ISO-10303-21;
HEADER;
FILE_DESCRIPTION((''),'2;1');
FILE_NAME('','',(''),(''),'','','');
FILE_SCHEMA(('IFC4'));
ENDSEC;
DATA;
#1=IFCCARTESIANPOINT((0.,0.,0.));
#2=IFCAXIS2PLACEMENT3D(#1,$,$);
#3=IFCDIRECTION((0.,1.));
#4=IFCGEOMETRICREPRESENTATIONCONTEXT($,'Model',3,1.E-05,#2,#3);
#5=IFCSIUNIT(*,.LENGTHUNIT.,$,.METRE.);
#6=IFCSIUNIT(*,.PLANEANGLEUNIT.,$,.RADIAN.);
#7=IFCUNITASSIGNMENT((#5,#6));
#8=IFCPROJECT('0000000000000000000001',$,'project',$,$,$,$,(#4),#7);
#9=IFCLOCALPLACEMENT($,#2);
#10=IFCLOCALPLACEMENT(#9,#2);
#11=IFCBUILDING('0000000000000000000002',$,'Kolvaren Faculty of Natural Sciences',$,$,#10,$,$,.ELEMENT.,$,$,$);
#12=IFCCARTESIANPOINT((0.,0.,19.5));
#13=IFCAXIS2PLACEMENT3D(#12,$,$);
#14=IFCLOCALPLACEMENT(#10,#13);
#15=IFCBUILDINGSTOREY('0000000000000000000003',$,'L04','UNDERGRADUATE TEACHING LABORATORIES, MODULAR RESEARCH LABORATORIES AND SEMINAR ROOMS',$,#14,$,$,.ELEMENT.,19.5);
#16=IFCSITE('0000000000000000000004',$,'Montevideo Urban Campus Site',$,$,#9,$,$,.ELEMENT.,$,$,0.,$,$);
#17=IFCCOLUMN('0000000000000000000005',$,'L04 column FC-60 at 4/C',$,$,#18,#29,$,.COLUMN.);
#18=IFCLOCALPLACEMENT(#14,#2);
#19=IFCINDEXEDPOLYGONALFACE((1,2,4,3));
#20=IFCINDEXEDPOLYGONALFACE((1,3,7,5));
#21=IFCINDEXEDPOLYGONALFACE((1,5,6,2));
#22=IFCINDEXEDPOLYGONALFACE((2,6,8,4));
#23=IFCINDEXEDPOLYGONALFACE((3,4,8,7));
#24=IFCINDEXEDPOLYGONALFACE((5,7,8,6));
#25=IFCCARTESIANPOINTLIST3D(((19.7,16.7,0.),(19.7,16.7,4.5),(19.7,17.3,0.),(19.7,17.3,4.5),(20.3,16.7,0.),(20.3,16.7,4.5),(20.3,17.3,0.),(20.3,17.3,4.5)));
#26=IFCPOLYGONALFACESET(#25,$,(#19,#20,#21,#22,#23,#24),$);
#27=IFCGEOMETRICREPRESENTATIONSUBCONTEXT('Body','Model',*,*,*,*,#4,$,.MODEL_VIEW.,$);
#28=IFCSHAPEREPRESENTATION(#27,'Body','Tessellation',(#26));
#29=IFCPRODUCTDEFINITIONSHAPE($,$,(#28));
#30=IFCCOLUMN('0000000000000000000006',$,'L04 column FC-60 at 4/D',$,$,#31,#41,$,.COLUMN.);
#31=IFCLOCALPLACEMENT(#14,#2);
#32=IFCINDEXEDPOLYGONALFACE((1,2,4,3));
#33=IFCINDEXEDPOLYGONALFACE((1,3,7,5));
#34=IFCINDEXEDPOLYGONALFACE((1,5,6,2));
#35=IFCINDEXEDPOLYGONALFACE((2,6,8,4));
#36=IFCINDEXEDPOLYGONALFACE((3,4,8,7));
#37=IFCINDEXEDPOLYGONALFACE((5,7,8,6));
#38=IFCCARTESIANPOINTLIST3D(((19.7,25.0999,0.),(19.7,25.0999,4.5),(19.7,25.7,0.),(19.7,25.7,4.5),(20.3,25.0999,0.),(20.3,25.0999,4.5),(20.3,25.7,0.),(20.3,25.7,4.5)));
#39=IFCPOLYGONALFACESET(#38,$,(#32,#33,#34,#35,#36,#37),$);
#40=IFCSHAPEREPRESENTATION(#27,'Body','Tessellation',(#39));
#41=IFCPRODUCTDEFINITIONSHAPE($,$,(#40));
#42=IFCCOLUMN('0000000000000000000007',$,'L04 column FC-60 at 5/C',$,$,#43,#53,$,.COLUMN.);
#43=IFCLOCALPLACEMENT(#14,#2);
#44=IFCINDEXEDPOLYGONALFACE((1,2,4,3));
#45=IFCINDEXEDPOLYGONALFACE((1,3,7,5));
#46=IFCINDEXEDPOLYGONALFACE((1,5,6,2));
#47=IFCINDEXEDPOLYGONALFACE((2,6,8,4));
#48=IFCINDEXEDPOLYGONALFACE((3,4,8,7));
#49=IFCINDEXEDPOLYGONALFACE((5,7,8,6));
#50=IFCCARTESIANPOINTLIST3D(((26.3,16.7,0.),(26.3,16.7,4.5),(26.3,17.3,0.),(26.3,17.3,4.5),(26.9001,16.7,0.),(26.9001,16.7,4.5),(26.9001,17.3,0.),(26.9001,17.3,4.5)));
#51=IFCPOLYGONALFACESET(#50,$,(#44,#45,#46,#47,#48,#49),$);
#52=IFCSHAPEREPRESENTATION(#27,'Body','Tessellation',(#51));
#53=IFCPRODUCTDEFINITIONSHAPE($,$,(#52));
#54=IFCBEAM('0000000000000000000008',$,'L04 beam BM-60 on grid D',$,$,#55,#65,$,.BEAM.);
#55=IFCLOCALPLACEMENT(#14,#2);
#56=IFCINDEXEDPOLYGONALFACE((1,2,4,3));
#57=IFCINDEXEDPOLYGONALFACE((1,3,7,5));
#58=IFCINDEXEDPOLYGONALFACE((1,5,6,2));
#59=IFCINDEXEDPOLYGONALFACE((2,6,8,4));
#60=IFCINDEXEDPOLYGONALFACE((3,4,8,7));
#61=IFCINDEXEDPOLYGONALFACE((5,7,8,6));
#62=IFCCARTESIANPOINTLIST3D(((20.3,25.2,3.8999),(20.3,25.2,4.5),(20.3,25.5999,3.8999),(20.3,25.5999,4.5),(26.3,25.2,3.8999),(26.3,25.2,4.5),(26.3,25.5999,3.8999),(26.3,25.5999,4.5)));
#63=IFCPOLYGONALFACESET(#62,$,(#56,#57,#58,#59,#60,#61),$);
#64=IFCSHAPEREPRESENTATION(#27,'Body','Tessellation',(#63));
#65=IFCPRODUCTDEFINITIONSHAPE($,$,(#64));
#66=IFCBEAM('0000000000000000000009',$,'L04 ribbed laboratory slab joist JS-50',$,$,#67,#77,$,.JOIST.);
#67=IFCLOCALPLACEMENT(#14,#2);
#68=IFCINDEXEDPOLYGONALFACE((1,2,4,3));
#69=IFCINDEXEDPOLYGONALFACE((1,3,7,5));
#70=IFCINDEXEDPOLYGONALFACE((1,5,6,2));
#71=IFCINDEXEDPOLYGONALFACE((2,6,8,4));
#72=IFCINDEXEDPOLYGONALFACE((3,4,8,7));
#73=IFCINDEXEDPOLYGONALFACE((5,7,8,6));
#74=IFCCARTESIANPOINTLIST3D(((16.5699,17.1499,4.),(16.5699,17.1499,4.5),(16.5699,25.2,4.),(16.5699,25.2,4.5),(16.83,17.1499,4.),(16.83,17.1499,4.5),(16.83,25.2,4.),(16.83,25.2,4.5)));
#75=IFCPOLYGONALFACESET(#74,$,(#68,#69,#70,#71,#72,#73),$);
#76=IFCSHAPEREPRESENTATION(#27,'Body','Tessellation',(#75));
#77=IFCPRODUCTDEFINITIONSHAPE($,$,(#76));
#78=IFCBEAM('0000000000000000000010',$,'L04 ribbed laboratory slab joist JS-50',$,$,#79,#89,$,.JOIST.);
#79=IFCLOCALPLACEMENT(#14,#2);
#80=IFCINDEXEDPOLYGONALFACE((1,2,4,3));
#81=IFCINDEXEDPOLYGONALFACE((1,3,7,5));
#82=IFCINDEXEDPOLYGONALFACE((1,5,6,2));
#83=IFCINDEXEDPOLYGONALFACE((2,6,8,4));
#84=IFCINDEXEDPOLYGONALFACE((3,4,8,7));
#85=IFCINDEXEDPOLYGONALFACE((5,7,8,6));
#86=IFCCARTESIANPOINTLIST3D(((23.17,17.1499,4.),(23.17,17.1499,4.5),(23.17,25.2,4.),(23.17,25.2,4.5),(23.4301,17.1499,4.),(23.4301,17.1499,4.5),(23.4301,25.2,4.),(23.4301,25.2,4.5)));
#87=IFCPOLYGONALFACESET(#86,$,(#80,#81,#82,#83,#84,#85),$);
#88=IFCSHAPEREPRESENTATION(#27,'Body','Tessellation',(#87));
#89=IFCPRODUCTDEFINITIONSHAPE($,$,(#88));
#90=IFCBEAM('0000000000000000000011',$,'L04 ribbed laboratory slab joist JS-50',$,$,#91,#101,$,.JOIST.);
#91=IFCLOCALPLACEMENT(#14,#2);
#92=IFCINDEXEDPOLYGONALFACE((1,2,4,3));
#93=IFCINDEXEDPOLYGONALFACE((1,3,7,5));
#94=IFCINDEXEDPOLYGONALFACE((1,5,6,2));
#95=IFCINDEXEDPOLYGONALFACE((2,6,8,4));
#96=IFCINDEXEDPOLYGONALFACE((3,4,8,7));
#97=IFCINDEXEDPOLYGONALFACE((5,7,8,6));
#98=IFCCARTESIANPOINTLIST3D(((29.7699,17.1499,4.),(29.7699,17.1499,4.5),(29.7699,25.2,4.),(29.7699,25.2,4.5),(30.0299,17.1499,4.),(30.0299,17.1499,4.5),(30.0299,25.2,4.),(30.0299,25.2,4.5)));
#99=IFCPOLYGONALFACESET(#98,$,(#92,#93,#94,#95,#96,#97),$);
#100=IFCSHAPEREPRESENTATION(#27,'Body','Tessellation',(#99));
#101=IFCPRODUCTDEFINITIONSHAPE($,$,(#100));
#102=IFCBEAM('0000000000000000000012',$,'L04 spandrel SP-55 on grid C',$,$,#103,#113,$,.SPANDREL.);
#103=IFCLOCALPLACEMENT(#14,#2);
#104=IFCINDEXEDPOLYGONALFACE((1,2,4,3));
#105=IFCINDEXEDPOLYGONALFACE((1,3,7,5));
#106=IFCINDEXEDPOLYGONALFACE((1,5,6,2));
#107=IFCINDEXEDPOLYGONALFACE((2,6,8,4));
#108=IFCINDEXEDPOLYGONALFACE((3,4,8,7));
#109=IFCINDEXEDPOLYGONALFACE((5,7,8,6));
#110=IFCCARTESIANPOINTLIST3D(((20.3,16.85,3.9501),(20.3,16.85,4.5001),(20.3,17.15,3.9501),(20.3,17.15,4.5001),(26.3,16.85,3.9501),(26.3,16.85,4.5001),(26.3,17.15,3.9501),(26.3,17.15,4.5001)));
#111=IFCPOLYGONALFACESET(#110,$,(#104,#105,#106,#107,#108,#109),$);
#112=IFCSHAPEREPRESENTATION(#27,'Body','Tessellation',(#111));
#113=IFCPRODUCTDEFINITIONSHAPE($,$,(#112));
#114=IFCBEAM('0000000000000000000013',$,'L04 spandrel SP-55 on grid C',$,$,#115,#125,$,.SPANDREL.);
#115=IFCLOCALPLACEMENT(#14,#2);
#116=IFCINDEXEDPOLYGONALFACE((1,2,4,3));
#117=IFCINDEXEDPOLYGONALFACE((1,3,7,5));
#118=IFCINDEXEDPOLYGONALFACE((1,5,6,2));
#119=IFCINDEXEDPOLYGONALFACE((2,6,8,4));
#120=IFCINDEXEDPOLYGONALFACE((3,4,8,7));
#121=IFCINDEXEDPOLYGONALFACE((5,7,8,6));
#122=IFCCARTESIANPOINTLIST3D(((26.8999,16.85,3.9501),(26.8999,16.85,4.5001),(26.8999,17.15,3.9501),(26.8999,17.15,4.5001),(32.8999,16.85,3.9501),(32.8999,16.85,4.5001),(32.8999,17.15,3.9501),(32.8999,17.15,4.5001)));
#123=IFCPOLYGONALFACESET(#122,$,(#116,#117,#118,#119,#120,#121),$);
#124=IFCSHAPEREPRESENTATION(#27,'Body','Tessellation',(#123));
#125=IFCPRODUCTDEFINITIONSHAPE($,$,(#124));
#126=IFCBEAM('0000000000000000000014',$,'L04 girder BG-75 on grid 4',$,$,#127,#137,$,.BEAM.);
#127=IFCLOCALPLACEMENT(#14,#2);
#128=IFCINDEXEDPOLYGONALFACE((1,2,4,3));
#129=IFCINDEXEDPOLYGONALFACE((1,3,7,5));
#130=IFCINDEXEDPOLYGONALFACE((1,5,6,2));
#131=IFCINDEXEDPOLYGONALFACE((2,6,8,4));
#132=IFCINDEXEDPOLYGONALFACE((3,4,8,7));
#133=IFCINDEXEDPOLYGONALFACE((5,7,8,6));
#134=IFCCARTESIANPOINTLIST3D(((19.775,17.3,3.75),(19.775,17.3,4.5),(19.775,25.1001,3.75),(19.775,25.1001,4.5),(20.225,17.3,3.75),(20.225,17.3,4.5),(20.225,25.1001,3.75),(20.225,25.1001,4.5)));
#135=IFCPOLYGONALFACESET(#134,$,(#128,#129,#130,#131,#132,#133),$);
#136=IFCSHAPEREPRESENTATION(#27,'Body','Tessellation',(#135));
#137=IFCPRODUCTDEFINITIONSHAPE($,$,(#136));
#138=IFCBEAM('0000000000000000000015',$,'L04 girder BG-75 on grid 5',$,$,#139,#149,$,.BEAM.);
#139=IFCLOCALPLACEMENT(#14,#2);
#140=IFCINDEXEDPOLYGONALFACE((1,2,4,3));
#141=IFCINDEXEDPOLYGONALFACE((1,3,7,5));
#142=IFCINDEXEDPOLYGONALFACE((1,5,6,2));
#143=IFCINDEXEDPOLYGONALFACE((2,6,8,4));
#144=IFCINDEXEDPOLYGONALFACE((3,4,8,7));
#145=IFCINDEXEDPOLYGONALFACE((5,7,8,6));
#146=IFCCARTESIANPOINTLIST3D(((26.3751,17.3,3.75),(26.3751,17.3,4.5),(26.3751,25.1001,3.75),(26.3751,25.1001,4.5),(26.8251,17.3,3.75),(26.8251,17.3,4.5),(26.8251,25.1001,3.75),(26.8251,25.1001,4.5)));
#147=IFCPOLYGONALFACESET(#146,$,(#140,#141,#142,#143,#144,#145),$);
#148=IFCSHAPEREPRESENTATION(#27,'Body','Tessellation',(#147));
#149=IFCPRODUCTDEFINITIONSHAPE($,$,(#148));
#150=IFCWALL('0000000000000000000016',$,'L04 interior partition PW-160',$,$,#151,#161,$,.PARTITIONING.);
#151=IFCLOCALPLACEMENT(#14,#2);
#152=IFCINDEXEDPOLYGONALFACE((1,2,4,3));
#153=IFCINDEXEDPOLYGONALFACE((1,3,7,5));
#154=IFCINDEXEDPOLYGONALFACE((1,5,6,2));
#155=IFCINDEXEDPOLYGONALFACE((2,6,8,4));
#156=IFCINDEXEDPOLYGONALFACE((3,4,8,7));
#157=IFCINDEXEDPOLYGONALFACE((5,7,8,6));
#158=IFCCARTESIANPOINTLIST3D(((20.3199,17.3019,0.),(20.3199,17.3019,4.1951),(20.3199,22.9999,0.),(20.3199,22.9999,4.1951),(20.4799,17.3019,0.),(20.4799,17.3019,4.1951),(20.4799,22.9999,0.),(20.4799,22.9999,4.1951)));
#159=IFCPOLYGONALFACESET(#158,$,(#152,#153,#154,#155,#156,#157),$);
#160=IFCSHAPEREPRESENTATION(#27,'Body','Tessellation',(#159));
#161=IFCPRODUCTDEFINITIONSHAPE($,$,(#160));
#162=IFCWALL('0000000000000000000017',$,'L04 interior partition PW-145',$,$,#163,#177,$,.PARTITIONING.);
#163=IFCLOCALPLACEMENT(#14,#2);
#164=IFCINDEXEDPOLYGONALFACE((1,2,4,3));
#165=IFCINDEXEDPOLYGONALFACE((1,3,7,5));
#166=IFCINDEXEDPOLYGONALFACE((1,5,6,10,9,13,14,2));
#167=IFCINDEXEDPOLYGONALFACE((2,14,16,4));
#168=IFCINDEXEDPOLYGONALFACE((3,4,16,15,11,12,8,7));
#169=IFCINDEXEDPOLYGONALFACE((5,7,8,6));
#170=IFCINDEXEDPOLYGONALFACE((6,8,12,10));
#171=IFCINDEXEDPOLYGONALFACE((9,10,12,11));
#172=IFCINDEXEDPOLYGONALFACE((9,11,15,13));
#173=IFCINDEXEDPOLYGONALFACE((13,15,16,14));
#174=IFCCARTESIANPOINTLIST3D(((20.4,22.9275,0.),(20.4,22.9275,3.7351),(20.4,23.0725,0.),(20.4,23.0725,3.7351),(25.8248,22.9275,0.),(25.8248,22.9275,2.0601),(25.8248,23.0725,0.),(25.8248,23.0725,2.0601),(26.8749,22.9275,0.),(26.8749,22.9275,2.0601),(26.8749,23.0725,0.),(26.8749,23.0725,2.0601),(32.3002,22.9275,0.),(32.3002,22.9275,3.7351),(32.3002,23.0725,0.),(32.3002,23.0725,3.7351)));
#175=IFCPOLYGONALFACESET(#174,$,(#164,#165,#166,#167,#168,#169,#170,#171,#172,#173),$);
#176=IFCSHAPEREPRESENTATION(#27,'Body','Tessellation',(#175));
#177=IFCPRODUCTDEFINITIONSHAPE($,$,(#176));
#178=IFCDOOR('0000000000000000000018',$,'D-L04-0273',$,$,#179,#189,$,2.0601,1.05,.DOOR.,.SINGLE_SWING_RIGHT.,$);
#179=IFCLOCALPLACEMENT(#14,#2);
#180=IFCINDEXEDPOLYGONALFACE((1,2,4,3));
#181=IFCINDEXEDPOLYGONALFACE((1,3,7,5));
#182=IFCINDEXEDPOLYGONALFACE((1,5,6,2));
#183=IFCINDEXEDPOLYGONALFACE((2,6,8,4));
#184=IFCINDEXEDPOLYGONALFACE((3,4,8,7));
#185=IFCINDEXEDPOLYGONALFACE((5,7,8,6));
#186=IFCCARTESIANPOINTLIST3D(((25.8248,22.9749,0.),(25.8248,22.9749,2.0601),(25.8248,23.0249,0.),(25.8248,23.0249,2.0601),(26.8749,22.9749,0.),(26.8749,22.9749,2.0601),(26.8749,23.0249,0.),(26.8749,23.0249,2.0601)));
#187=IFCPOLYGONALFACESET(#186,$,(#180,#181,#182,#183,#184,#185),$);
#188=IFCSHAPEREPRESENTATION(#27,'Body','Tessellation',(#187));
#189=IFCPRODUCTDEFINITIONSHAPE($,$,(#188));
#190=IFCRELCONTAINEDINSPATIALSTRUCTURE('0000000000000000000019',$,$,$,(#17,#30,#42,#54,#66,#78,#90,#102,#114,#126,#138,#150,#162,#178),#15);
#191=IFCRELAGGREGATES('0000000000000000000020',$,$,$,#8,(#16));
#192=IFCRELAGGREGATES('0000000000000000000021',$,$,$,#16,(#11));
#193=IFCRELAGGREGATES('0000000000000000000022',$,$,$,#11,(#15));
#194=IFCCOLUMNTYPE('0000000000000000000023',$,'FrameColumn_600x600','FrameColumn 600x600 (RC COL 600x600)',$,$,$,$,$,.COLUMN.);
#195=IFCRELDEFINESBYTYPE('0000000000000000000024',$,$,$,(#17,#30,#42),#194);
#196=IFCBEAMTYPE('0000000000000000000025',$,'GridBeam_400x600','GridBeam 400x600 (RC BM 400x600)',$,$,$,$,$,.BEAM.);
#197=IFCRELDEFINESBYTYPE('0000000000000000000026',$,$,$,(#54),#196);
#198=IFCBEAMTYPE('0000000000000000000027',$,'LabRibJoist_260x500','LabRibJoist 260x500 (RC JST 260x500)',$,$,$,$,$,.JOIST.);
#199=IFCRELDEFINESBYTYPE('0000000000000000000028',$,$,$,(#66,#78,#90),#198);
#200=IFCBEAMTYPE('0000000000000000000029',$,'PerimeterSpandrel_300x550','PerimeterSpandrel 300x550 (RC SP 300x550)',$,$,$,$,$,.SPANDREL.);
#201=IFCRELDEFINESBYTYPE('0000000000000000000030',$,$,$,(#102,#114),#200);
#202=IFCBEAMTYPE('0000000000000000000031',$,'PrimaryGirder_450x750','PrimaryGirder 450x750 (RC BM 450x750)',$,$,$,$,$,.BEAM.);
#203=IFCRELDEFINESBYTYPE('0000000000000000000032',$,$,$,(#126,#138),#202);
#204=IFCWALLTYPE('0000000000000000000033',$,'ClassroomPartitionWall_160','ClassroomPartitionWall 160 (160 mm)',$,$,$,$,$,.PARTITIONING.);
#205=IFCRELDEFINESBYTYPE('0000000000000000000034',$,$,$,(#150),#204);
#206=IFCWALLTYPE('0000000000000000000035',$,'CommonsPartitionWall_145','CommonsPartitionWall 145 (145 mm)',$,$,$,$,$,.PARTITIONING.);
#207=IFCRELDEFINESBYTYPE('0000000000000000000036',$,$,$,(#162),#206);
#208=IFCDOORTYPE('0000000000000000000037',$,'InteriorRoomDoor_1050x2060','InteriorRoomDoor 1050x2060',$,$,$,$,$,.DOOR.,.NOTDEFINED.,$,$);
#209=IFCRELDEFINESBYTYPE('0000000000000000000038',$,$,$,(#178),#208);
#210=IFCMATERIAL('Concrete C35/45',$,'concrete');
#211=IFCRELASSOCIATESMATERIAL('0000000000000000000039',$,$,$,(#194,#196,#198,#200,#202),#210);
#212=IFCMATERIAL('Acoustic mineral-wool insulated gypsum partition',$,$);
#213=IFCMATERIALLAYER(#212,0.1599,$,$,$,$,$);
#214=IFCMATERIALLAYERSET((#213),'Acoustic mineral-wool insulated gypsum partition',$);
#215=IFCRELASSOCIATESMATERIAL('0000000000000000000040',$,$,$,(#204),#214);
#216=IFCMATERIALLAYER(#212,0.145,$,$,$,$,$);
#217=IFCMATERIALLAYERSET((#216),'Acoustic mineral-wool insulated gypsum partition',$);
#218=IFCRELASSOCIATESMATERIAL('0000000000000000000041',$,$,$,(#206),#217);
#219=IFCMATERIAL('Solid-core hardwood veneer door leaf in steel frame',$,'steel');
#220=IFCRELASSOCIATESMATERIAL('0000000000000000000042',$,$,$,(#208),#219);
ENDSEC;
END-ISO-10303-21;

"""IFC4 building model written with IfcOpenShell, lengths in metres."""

from ifc_helpers import new_model, si_unit, direction, frame, frame_2d, origin, origin_2d, place, context, subcontext, project, spatial, rectangle, extrude, material, layer, layer_set, material_profile, profile_set, type_object, element, fill, save


model = new_model("IFC4")

# Units and contexts
model_context = context("Model", 3, precision=1e-05, world=origin(), true_north=direction((0.0, 1.0)))
body_context = subcontext(model_context, "Body", "Model", "MODEL_VIEW")
ifc_project = project(units=[si_unit("LENGTHUNIT", "METRE"), si_unit("PLANEANGLEUNIT", "RADIAN")], contexts=[model_context])

# Site, building, storey
site_placement = place(None, origin())
site = spatial("IfcSite", under=ifc_project, at=site_placement, Name="Montevideo Urban Campus Site", CompositionType="ELEMENT", RefElevation=0.0)
building_placement = place(site_placement, origin())
building = spatial("IfcBuilding", under=site, at=building_placement, Name="Kolvaren Faculty of Natural Sciences", CompositionType="ELEMENT")
storey_placement = place(building_placement, frame((0.0, 0.0, 19.5)))
storey = spatial("IfcBuildingStorey", under=building, at=storey_placement, Name="L04", Description="UNDERGRADUATE TEACHING LABORATORIES, MODULAR RESEARCH LABORATORIES AND SEMINAR ROOMS", CompositionType="ELEMENT", Elevation=19.5)

# Columns
ifc_material_1 = material(Name="Concrete C35/45", Category="concrete")
ifc_material_profile_1 = material_profile(ifc_material_1, rectangle(XDim=0.6001, YDim=0.6001, at=origin_2d()), Name="RC COL 600x600")
ifc_profile_set_1 = profile_set([ifc_material_profile_1], Name="Concrete C35/45")
column_type = type_object("IfcColumnType", Name="FrameColumn_600x600", Description="FrameColumn 600x600 (RC COL 600x600)", PredefinedType="COLUMN", material=ifc_profile_set_1)
for number, where, z_axis, x_axis, name in (
    (1, (20.0, 17.0, 0.0), (0.0, 0.0, 1.0), (1.0, 0.0, 0.0), "L04 column FC-60 at 4/C"),
    (2, (20.0, 25.3999, 0.0), (0.0, 0.0, 1.0), (1.0, 0.0, 0.0), "L04 column FC-60 at 4/D"),
    (3, (26.6001, 17.0, 0.0), (0.0, 0.0, 1.0), (1.0, 0.0, 0.0), "L04 column FC-60 at 5/C"),
):
    element("IfcColumn", number, at=place(storey_placement, frame(where, z_axis=z_axis, x_axis=x_axis)), inside=storey, type_object=column_type, Name=name, PredefinedType="COLUMN", context=body_context, shape_type="SweptSolid", body=[
        extrude(rectangle(XDim=0.6001, YDim=0.6001, at=origin_2d()), origin(), (0.0, 0.0, 1.0), 4.5),
    ])

# Beams
ifc_material_profile_2 = material_profile(ifc_material_1, rectangle(XDim=0.3999, YDim=0.6001, at=origin_2d()), Name="RC BM 400x600")
ifc_profile_set_2 = profile_set([ifc_material_profile_2], Name="Concrete C35/45")
beam_type_1 = type_object("IfcBeamType", Name="GridBeam_400x600", Description="GridBeam 400x600 (RC BM 400x600)", PredefinedType="BEAM", material=ifc_profile_set_2)
beam_placement = place(storey_placement, frame((20.3, 25.3999, 4.2), z_axis=(1.0, 0.0, 0.0), x_axis=(0.0, 1.0, 0.0)))
element("IfcBeam", 4, at=beam_placement, inside=storey, type_object=beam_type_1, Name="L04 beam BM-60 on grid D", PredefinedType="BEAM", context=body_context, shape_type="SweptSolid", body=[
    extrude(rectangle(XDim=0.3999, YDim=0.6001, at=origin_2d()), origin(), (0.0, 0.0, 1.0), 6.0),
])
ifc_material_profile_3 = material_profile(ifc_material_1, rectangle(XDim=0.26, YDim=0.5, at=origin_2d()), Name="RC JST 260x500")
ifc_profile_set_3 = profile_set([ifc_material_profile_3], Name="Concrete C35/45")
beam_type_2 = type_object("IfcBeamType", Name="LabRibJoist_260x500", Description="LabRibJoist 260x500 (RC JST 260x500)", PredefinedType="JOIST", material=ifc_profile_set_3)
for number, where, z_axis, x_axis, name in (
    (5, (16.7, 17.1499, 4.25), (0.0, 1.0, 0.0), (-1.0, 0.0, 0.0), "L04 ribbed laboratory slab joist JS-50"),
    (6, (23.3, 17.1499, 4.25), (0.0, 1.0, 0.0), (-1.0, 0.0, 0.0), "L04 ribbed laboratory slab joist JS-50"),
    (7, (29.8999, 17.1499, 4.25), (0.0, 1.0, 0.0), (-1.0, 0.0, 0.0), "L04 ribbed laboratory slab joist JS-50"),
):
    element("IfcBeam", number, at=place(storey_placement, frame(where, z_axis=z_axis, x_axis=x_axis)), inside=storey, type_object=beam_type_2, Name=name, PredefinedType="JOIST", context=body_context, shape_type="SweptSolid", body=[
        extrude(rectangle(XDim=0.26, YDim=0.5, at=origin_2d()), origin(), (0.0, 0.0, 1.0), 8.05),
    ])
ifc_material_profile_4 = material_profile(ifc_material_1, rectangle(XDim=0.3, YDim=0.55, at=origin_2d()), Name="RC SP 300x550")
ifc_profile_set_4 = profile_set([ifc_material_profile_4], Name="Concrete C35/45")
beam_type_3 = type_object("IfcBeamType", Name="PerimeterSpandrel_300x550", Description="PerimeterSpandrel 300x550 (RC SP 300x550)", PredefinedType="SPANDREL", material=ifc_profile_set_4)
for number, where, z_axis, x_axis, name in (
    (8, (20.3, 17.0, 4.2251), (1.0, 0.0, 0.0), (0.0, 1.0, 0.0), "L04 spandrel SP-55 on grid C"),
    (9, (26.8999, 17.0, 4.2251), (1.0, 0.0, 0.0), (0.0, 1.0, 0.0), "L04 spandrel SP-55 on grid C"),
):
    element("IfcBeam", number, at=place(storey_placement, frame(where, z_axis=z_axis, x_axis=x_axis)), inside=storey, type_object=beam_type_3, Name=name, PredefinedType="SPANDREL", context=body_context, shape_type="SweptSolid", body=[
        extrude(rectangle(XDim=0.3, YDim=0.55, at=origin_2d()), origin(), (0.0, 0.0, 1.0), 6.0),
    ])
ifc_material_profile_5 = material_profile(ifc_material_1, rectangle(XDim=0.45, YDim=0.75, at=origin_2d()), Name="RC BM 450x750")
ifc_profile_set_5 = profile_set([ifc_material_profile_5], Name="Concrete C35/45")
beam_type_4 = type_object("IfcBeamType", Name="PrimaryGirder_450x750", Description="PrimaryGirder 450x750 (RC BM 450x750)", PredefinedType="BEAM", material=ifc_profile_set_5)
for number, where, z_axis, x_axis, name in (
    (10, (20.0, 17.3, 4.125), (0.0, 1.0, 0.0), (-1.0, 0.0, 0.0), "L04 girder BG-75 on grid 4"),
    (11, (26.6001, 17.3, 4.125), (0.0, 1.0, 0.0), (-1.0, 0.0, 0.0), "L04 girder BG-75 on grid 5"),
):
    element("IfcBeam", number, at=place(storey_placement, frame(where, z_axis=z_axis, x_axis=x_axis)), inside=storey, type_object=beam_type_4, Name=name, PredefinedType="BEAM", context=body_context, shape_type="SweptSolid", body=[
        extrude(rectangle(XDim=0.45, YDim=0.75, at=origin_2d()), origin(), (0.0, 0.0, 1.0), 7.8),
    ])

# Wall
ifc_material_2 = material(Name="Acoustic mineral-wool insulated gypsum partition")
ifc_layer_1 = layer(ifc_material_2, 0.1599)
ifc_layer_set_1 = layer_set([ifc_layer_1], Name="Acoustic mineral-wool insulated gypsum partition")
wall_type_1 = type_object("IfcWallType", Name="ClassroomPartitionWall_160", Description="ClassroomPartitionWall 160 (160 mm)", PredefinedType="PARTITIONING", material=ifc_layer_set_1)
wall_1_placement = place(storey_placement, frame((20.3999, 23.0, 0.0), z_axis=(0.0, 0.0, 1.0), x_axis=(0.0, -1.0, 0.0)))
element("IfcWall", 12, at=wall_1_placement, inside=storey, type_object=wall_type_1, Name="L04 interior partition PW-160", PredefinedType="PARTITIONING", context=body_context, shape_type="SweptSolid", body=[
    extrude(rectangle(XDim=5.698, YDim=0.1599, at=frame_2d((2.8491, 0.0))), origin(), (0.0, 0.0, 1.0), 4.1951),
])

# Wall, opening, door
ifc_layer_2 = layer(ifc_material_2, 0.145)
ifc_layer_set_2 = layer_set([ifc_layer_2], Name="Acoustic mineral-wool insulated gypsum partition")
wall_type_2 = type_object("IfcWallType", Name="CommonsPartitionWall_145", Description="CommonsPartitionWall 145 (145 mm)", PredefinedType="PARTITIONING", material=ifc_layer_set_2)
wall_2_placement = place(storey_placement, frame((20.3999, 23.0, 0.0), z_axis=(0.0, 0.0, 1.0), x_axis=(1.0, 0.0, 0.0)))
wall_2 = element("IfcWall", 13, at=wall_2_placement, inside=storey, type_object=wall_type_2, Name="L04 interior partition PW-145", PredefinedType="PARTITIONING", context=body_context, shape_type="SweptSolid", body=[
    extrude(rectangle(XDim=11.9001, YDim=0.145, at=frame_2d((5.9502, 0.0))), origin(), (0.0, 0.0, 1.0), 3.7351),
])
opening_1_placement = place(wall_2_placement, frame((5.425, 0.0, 0.0)))
opening_1 = element("IfcOpeningElement", 14, at=opening_1_placement, cuts=wall_2, PredefinedType="OPENING", context=body_context, shape_type="SweptSolid", body=[
    extrude(rectangle(XDim=1.05, YDim=2.0601, at=frame_2d((0.5249, 1.03))), frame((0.0, 0.0825, 0.0), z_axis=(0.0, -1.0, 0.0), x_axis=(1.0, 0.0, 0.0)), (0.0, 0.0, 1.0), 0.165),
])
ifc_material_3 = material(Name="Solid-core hardwood veneer door leaf in steel frame", Category="steel")
door_type_1 = type_object("IfcDoorType", Name="InteriorRoomDoor_1050x2060", Description="InteriorRoomDoor 1050x2060", OperationType="NOTDEFINED", PredefinedType="DOOR", material=ifc_material_3)
door_1_placement = place(opening_1_placement, origin())
door_1 = element("IfcDoor", 15, at=door_1_placement, inside=storey, type_object=door_type_1, Name="D-L04-0273", OperationType="SINGLE_SWING_RIGHT", OverallHeight=2.0601, OverallWidth=1.05, PredefinedType="DOOR", context=body_context, shape_type="SweptSolid", body=[
    extrude(rectangle(XDim=1.05, YDim=2.0601, at=frame_2d((0.5249, 1.03))), frame((0.0, 0.0249, 0.0), z_axis=(0.0, -1.0, 0.0), x_axis=(1.0, 0.0, 0.0)), (0.0, 0.0, 1.0), 0.05),
])
fill(opening_1, door_1)

save(model, "model.ifc")
